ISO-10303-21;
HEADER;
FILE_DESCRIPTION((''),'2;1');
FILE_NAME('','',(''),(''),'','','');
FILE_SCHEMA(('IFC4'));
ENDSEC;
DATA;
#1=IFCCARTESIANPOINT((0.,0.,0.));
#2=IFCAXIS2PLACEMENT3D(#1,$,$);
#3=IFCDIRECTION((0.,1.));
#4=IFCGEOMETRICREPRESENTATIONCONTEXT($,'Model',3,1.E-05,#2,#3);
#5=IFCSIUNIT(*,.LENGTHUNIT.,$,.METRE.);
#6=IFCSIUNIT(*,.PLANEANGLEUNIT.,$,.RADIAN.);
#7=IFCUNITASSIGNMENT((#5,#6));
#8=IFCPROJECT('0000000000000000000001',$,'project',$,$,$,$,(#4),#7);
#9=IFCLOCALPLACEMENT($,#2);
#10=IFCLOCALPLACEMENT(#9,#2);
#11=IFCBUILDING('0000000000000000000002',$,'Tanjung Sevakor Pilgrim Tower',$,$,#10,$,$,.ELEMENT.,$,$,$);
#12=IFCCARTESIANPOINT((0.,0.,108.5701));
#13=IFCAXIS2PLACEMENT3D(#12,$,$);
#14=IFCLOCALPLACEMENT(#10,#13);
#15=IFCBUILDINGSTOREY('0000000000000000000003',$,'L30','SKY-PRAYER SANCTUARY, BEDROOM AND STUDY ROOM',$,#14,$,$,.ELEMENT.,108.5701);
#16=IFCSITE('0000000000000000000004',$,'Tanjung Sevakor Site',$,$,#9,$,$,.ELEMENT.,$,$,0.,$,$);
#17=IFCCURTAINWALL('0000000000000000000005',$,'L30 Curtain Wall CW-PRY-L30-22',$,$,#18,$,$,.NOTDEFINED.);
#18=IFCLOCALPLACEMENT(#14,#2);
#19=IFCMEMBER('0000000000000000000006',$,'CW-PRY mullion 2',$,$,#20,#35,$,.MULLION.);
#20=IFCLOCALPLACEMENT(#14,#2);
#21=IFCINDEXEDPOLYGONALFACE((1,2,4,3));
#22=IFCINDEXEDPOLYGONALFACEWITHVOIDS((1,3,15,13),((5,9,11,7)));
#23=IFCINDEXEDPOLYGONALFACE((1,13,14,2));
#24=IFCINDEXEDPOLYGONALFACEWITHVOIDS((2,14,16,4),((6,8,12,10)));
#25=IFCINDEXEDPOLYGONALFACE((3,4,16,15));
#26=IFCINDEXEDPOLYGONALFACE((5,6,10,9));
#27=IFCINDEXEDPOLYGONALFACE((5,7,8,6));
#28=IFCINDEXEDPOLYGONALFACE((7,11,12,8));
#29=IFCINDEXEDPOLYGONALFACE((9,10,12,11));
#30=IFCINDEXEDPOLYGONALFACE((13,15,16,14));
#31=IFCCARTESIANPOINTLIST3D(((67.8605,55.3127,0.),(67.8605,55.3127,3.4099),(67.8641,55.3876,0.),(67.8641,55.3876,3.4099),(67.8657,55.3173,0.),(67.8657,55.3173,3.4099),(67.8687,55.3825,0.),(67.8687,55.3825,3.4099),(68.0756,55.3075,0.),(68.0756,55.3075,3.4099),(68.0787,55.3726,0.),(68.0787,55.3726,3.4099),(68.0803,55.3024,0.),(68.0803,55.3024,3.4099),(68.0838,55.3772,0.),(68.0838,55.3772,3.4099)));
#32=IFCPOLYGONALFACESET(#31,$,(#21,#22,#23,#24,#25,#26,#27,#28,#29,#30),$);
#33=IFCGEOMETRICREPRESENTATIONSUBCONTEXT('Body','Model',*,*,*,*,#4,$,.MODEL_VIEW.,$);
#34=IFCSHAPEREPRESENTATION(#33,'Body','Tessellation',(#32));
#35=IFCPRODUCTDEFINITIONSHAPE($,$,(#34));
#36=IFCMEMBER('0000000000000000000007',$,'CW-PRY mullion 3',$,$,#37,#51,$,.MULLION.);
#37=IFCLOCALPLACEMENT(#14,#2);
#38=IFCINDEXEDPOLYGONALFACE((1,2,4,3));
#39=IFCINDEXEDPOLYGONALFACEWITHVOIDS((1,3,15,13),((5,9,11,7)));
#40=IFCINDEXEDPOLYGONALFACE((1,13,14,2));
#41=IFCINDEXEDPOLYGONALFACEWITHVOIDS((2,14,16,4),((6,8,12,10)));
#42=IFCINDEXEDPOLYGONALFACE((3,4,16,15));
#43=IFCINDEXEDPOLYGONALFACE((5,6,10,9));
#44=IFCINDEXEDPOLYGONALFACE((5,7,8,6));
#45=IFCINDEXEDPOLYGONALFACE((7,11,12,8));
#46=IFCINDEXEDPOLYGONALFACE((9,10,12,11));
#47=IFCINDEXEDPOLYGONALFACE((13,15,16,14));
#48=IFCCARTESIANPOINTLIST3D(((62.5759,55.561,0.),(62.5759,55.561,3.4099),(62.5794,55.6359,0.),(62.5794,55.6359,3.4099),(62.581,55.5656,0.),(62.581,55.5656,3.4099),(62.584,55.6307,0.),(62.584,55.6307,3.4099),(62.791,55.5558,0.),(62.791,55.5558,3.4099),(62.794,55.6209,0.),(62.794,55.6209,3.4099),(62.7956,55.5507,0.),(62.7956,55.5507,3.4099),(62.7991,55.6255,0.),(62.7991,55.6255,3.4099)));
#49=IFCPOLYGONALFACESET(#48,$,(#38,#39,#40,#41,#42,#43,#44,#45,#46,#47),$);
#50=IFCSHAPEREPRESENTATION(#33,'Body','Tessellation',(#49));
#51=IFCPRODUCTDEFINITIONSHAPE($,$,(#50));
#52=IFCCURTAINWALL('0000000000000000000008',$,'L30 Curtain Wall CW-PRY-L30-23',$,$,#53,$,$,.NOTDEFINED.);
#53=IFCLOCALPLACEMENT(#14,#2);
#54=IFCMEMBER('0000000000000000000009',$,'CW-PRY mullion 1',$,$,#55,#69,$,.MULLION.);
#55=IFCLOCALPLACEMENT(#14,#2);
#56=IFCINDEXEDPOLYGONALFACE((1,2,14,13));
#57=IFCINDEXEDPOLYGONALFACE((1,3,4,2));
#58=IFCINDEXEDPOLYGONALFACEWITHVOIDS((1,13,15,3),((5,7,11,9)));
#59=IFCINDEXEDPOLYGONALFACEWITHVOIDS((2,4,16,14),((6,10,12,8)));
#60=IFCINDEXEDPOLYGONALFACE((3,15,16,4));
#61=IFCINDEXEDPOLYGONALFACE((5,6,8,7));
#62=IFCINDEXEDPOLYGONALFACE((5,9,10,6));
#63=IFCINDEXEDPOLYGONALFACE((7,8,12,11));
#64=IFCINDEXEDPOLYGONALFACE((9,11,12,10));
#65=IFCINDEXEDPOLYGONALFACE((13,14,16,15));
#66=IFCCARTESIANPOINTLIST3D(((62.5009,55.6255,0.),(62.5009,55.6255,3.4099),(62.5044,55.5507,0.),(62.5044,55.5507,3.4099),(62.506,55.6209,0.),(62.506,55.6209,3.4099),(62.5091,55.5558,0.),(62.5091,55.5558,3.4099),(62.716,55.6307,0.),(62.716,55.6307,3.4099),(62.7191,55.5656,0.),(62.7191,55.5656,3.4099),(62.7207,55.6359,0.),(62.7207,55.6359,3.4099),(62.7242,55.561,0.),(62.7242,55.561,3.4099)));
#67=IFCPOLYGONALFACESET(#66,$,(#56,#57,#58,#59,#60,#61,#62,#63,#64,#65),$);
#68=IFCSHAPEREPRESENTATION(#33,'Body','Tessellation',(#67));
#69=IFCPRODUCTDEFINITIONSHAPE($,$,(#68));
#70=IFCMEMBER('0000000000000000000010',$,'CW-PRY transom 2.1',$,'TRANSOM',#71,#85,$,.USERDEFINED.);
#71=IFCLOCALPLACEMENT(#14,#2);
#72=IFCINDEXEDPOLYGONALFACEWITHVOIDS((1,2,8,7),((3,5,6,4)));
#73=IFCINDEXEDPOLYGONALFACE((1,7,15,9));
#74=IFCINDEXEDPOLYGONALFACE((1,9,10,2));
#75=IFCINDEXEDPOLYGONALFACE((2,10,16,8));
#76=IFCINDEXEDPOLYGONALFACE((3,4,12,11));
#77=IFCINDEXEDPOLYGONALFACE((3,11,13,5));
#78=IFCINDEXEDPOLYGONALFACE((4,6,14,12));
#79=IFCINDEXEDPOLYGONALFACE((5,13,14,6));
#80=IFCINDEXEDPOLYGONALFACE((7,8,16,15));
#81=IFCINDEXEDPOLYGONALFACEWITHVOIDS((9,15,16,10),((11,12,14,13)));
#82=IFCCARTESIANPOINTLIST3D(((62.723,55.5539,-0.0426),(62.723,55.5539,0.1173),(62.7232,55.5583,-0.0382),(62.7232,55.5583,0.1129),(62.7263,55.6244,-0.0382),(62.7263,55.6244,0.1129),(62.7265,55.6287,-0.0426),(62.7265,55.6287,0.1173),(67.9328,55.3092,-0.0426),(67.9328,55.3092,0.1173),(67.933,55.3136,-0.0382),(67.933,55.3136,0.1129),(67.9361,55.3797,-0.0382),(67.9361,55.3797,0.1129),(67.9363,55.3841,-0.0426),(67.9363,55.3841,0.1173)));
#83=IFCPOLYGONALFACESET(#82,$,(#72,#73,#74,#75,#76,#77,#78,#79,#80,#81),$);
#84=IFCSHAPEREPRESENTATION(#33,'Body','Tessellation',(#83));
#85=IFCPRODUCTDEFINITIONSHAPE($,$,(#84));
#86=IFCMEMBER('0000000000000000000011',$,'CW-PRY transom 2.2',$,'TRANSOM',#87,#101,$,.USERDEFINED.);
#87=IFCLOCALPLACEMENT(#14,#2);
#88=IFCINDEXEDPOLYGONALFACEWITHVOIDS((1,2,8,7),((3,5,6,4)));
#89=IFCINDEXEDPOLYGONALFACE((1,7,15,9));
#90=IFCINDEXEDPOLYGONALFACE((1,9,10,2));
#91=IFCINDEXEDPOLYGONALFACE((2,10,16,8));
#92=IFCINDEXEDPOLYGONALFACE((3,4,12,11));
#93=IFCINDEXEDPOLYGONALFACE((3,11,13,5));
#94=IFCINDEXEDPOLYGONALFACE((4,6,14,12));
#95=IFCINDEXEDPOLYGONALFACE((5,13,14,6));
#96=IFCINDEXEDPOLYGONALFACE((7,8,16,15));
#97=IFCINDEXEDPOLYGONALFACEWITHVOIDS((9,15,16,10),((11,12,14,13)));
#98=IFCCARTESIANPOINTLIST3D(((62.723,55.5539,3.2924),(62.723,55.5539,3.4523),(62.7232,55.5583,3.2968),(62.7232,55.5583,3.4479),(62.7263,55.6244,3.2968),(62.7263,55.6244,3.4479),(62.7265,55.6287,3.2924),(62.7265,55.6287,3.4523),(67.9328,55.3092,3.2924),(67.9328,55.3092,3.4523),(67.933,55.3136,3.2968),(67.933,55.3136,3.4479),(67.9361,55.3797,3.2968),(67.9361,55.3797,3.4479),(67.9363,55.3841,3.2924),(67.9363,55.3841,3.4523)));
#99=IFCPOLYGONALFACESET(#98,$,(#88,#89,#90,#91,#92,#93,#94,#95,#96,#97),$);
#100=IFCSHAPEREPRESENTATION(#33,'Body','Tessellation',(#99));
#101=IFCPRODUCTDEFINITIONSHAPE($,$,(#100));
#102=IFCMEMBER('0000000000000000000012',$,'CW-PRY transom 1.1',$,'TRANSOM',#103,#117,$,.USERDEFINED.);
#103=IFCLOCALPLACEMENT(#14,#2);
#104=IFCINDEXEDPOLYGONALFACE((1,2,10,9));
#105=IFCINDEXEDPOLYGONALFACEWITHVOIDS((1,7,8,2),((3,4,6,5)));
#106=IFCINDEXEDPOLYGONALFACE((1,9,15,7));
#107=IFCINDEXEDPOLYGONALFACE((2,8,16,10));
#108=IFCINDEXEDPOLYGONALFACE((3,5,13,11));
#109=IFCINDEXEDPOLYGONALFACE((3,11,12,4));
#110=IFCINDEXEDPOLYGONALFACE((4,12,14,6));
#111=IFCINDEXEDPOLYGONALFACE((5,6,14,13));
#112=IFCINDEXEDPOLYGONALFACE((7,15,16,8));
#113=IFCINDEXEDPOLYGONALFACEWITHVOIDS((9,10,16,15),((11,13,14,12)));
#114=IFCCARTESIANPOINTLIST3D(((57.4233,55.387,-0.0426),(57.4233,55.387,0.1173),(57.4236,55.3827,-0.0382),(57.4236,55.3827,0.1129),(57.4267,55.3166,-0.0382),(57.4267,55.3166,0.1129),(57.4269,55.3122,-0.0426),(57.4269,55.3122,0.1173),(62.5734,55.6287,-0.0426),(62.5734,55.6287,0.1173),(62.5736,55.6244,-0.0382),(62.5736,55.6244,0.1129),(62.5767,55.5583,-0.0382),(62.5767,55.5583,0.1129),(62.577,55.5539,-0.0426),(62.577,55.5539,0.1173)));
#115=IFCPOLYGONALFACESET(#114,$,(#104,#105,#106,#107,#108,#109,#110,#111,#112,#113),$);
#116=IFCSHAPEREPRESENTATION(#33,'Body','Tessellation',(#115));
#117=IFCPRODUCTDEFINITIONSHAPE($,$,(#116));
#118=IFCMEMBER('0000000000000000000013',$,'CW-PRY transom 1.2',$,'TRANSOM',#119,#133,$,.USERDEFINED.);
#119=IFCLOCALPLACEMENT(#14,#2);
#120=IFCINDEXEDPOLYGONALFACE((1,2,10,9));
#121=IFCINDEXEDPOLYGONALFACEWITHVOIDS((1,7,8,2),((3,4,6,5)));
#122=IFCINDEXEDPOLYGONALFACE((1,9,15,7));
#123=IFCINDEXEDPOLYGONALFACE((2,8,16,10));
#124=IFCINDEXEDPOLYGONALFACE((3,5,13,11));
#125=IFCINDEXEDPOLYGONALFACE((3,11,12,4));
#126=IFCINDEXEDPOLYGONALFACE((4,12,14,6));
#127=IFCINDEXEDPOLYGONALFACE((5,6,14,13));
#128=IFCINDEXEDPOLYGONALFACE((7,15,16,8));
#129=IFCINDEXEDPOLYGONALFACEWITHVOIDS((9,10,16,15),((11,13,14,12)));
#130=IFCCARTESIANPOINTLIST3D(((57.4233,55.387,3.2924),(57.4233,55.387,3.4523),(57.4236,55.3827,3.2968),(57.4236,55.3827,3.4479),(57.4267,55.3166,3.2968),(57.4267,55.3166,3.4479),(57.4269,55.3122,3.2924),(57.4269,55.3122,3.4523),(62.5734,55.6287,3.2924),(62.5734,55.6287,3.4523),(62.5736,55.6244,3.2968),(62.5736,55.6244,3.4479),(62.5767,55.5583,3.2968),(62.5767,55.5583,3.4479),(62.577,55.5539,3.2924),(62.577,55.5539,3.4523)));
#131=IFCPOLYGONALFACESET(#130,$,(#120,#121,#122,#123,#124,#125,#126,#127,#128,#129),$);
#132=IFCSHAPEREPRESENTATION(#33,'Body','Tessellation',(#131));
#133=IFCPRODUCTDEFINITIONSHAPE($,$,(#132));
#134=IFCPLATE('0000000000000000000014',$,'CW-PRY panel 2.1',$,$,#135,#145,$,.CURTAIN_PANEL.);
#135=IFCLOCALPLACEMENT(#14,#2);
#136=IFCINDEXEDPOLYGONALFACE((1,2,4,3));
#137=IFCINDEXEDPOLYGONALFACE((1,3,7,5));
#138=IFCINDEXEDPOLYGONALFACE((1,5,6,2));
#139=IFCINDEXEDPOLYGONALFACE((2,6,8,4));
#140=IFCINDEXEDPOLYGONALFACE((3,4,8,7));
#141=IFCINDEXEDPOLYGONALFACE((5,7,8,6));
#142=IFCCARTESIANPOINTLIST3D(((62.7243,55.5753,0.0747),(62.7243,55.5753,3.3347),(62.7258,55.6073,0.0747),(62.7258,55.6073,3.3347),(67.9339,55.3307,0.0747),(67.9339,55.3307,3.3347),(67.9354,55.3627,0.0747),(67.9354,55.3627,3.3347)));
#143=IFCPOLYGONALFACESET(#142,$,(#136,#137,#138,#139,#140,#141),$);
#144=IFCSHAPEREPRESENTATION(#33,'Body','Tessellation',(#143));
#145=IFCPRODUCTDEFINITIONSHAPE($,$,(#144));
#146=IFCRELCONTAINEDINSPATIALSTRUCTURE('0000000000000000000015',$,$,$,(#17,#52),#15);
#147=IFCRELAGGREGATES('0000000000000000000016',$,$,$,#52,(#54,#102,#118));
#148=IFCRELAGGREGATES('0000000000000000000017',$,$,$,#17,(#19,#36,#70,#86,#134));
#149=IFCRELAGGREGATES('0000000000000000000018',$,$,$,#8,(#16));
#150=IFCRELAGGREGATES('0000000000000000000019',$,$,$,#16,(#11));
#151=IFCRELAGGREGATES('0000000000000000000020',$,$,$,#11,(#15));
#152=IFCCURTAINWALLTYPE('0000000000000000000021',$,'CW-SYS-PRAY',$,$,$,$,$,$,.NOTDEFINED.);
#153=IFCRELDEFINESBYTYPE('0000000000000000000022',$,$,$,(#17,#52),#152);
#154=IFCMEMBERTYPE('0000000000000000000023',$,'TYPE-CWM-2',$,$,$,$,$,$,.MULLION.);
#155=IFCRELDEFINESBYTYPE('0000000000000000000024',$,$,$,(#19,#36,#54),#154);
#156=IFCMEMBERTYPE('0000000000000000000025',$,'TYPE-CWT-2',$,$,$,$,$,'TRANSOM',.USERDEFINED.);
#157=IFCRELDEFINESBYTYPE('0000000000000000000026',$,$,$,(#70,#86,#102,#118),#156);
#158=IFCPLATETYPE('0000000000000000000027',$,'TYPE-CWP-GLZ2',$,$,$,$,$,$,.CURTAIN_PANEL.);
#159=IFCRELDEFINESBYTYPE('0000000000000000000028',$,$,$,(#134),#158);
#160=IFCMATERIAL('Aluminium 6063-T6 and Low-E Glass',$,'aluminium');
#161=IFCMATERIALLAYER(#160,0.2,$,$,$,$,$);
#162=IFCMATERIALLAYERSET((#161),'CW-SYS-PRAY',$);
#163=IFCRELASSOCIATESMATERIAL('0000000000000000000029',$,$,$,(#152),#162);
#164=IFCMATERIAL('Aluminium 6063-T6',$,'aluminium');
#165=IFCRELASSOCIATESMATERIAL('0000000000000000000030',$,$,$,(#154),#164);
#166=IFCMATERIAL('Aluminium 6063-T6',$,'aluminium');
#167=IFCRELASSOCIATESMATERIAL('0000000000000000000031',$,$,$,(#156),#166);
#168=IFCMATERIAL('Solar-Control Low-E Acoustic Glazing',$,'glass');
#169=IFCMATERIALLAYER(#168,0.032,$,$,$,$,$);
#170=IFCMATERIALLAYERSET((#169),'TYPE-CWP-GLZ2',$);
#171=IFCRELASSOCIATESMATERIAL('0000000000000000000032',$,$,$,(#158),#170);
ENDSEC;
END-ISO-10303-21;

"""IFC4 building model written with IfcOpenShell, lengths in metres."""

from ifc_helpers import new_model, si_unit, direction, frame, origin, origin_2d, place, context, subcontext, project, spatial, rectangle, hollow_rectangle, extrude, material, layer, layer_set, material_profile, profile_set, type_object, element, aggregate, save


model = new_model("IFC4")

# Units and contexts
model_context = context("Model", 3, precision=1e-05, world=origin(), true_north=direction((0.0, 1.0)))
body_context = subcontext(model_context, "Body", "Model", "MODEL_VIEW")
ifc_project = project(units=[si_unit("LENGTHUNIT", "METRE"), si_unit("PLANEANGLEUNIT", "RADIAN")], contexts=[model_context])

# Site, building, storey
site_placement = place(None, origin())
site = spatial("IfcSite", under=ifc_project, at=site_placement, Name="Tanjung Sevakor Site", CompositionType="ELEMENT", RefElevation=0.0)
building_placement = place(site_placement, origin())
building = spatial("IfcBuilding", under=site, at=building_placement, Name="Tanjung Sevakor Pilgrim Tower", CompositionType="ELEMENT")
storey_placement = place(building_placement, frame((0.0, 0.0, 108.5701)))
storey = spatial("IfcBuildingStorey", under=building, at=storey_placement, Name="L30", Description="SKY-PRAYER SANCTUARY, BEDROOM AND STUDY ROOM", CompositionType="ELEMENT", Elevation=108.5701)

# Curtain wall, members
ifc_material_1 = material(Name="Aluminium 6063-T6 and Low-E Glass", Category="aluminium")
ifc_layer_1 = layer(ifc_material_1, 0.2)
ifc_layer_set_1 = layer_set([ifc_layer_1], Name="CW-SYS-PRAY")
curtain_wall_type = type_object("IfcCurtainWallType", Name="CW-SYS-PRAY", PredefinedType="NOTDEFINED", material=ifc_layer_set_1)
curtain_wall_1_placement = place(storey_placement, origin())
curtain_wall_1 = element("IfcCurtainWall", 1, at=curtain_wall_1_placement, inside=storey, type_object=curtain_wall_type, Name="L30 Curtain Wall CW-PRY-L30-22", PredefinedType="NOTDEFINED")
ifc_material_2 = material(Name="Aluminium 6063-T6", Category="aluminium")
ifc_material_profile_1 = material_profile(ifc_material_2, hollow_rectangle(XDim=0.075, YDim=0.22, WallThickness=0.0049, at=origin_2d()))
ifc_profile_set_1 = profile_set([ifc_material_profile_1], Name="Aluminium 6063-T6")
member_type_1 = type_object("IfcMemberType", Name="TYPE-CWM-2", PredefinedType="MULLION", material=ifc_profile_set_1)
member_1_placement = place(storey_placement, frame((67.9722, 55.345, 0.0), z_axis=(0.0, 0.0, 1.0), x_axis=(-0.046904, -0.998899, 0.0)))
member_1 = element("IfcMember", 2, at=member_1_placement, type_object=member_type_1, Name="CW-PRY mullion 2", PredefinedType="MULLION", context=body_context, shape_type="SweptSolid", body=[
    extrude(hollow_rectangle(XDim=0.075, YDim=0.22, WallThickness=0.0049, at=origin_2d()), origin(), (0.0, 0.0, 1.0), 3.4099),
])
member_2_placement = place(storey_placement, frame((62.6875, 55.5933, 0.0), z_axis=(0.0, 0.0, 1.0), x_axis=(-0.046904, -0.998899, 0.0)))
member_2 = element("IfcMember", 3, at=member_2_placement, type_object=member_type_1, Name="CW-PRY mullion 3", PredefinedType="MULLION", context=body_context, shape_type="SweptSolid", body=[
    extrude(hollow_rectangle(XDim=0.075, YDim=0.22, WallThickness=0.0049, at=origin_2d()), origin(), (0.0, 0.0, 1.0), 3.4099),
])

# Curtain wall, member
curtain_wall_2_placement = place(storey_placement, origin())
curtain_wall_2 = element("IfcCurtainWall", 4, at=curtain_wall_2_placement, inside=storey, type_object=curtain_wall_type, Name="L30 Curtain Wall CW-PRY-L30-23", PredefinedType="NOTDEFINED")
member_3_placement = place(storey_placement, frame((62.6125, 55.5933, 0.0), z_axis=(0.0, 0.0, 1.0), x_axis=(0.046903, -0.998899, 0.0)))
member_3 = element("IfcMember", 5, at=member_3_placement, type_object=member_type_1, Name="CW-PRY mullion 1", PredefinedType="MULLION", context=body_context, shape_type="SweptSolid", body=[
    extrude(hollow_rectangle(XDim=0.075, YDim=0.22, WallThickness=0.0049, at=origin_2d()), origin(), (0.0, 0.0, 1.0), 3.4099),
])

# Members
ifc_material_3 = material(Name="Aluminium 6063-T6", Category="aluminium")
ifc_material_profile_2 = material_profile(ifc_material_3, hollow_rectangle(XDim=0.075, YDim=0.1599, WallThickness=0.0044, at=origin_2d()))
ifc_profile_set_2 = profile_set([ifc_material_profile_2], Name="Aluminium 6063-T6")
member_type_2 = type_object("IfcMemberType", Name="TYPE-CWT-2", ElementType="TRANSOM", PredefinedType="USERDEFINED", material=ifc_profile_set_2)
member_4_placement = place(storey_placement, frame((67.9346, 55.3467, 0.0374), z_axis=(-0.998899, 0.046905, 0.0), x_axis=(-0.046905, -0.998899, 0.0)))
member_4 = element("IfcMember", 6, at=member_4_placement, type_object=member_type_2, Name="CW-PRY transom 2.1", ObjectType="TRANSOM", PredefinedType="USERDEFINED", context=body_context, shape_type="SweptSolid", body=[
    extrude(hollow_rectangle(XDim=0.075, YDim=0.1599, WallThickness=0.0044, at=origin_2d()), origin(), (0.0, 0.0, 1.0), 5.2156),
])
member_5_placement = place(storey_placement, frame((67.9346, 55.3467, 3.3723), z_axis=(-0.998899, 0.046905, 0.0), x_axis=(-0.046905, -0.998899, 0.0)))
member_5 = element("IfcMember", 7, at=member_5_placement, type_object=member_type_2, Name="CW-PRY transom 2.2", ObjectType="TRANSOM", PredefinedType="USERDEFINED", context=body_context, shape_type="SweptSolid", body=[
    extrude(hollow_rectangle(XDim=0.075, YDim=0.1599, WallThickness=0.0044, at=origin_2d()), origin(), (0.0, 0.0, 1.0), 5.2156),
])
member_6_placement = place(storey_placement, frame((62.5752, 55.5913, 0.0374), z_axis=(-0.998901, -0.046879, 0.0), x_axis=(0.046879, -0.998901, 0.0)))
member_6 = element("IfcMember", 8, at=member_6_placement, type_object=member_type_2, Name="CW-PRY transom 1.1", ObjectType="TRANSOM", PredefinedType="USERDEFINED", context=body_context, shape_type="SweptSolid", body=[
    extrude(hollow_rectangle(XDim=0.075, YDim=0.1599, WallThickness=0.0044, at=origin_2d()), origin(), (0.0, 0.0, 1.0), 5.1558),
])
member_7_placement = place(storey_placement, frame((62.5752, 55.5913, 3.3723), z_axis=(-0.998901, -0.046879, 0.0), x_axis=(0.046879, -0.998901, 0.0)))
member_7 = element("IfcMember", 9, at=member_7_placement, type_object=member_type_2, Name="CW-PRY transom 1.2", ObjectType="TRANSOM", PredefinedType="USERDEFINED", context=body_context, shape_type="SweptSolid", body=[
    extrude(hollow_rectangle(XDim=0.075, YDim=0.1599, WallThickness=0.0044, at=origin_2d()), origin(), (0.0, 0.0, 1.0), 5.1558),
])
aggregate(curtain_wall_2, [member_3, member_6, member_7])

# Plate
ifc_material_4 = material(Name="Solar-Control Low-E Acoustic Glazing", Category="glass")
ifc_layer_2 = layer(ifc_material_4, 0.032)
ifc_layer_set_2 = layer_set([ifc_layer_2], Name="TYPE-CWP-GLZ2")
plate_type = type_object("IfcPlateType", Name="TYPE-CWP-GLZ2", PredefinedType="CURTAIN_PANEL", material=ifc_layer_set_2)
plate_placement = place(storey_placement, frame((65.3298, 55.469, 0.0747), z_axis=(0.0, 0.0, 1.0), x_axis=(-0.998899, 0.046904, 0.0)))
plate = element("IfcPlate", 10, at=plate_placement, type_object=plate_type, Name="CW-PRY panel 2.1", PredefinedType="CURTAIN_PANEL", context=body_context, shape_type="SweptSolid", body=[
    extrude(rectangle(XDim=5.2153, YDim=0.032, at=origin_2d()), origin(), (0.0, 0.0, 1.0), 3.26),
])
aggregate(curtain_wall_1, [member_1, member_2, member_4, member_5, plate])

save(model, "model.ifc")
